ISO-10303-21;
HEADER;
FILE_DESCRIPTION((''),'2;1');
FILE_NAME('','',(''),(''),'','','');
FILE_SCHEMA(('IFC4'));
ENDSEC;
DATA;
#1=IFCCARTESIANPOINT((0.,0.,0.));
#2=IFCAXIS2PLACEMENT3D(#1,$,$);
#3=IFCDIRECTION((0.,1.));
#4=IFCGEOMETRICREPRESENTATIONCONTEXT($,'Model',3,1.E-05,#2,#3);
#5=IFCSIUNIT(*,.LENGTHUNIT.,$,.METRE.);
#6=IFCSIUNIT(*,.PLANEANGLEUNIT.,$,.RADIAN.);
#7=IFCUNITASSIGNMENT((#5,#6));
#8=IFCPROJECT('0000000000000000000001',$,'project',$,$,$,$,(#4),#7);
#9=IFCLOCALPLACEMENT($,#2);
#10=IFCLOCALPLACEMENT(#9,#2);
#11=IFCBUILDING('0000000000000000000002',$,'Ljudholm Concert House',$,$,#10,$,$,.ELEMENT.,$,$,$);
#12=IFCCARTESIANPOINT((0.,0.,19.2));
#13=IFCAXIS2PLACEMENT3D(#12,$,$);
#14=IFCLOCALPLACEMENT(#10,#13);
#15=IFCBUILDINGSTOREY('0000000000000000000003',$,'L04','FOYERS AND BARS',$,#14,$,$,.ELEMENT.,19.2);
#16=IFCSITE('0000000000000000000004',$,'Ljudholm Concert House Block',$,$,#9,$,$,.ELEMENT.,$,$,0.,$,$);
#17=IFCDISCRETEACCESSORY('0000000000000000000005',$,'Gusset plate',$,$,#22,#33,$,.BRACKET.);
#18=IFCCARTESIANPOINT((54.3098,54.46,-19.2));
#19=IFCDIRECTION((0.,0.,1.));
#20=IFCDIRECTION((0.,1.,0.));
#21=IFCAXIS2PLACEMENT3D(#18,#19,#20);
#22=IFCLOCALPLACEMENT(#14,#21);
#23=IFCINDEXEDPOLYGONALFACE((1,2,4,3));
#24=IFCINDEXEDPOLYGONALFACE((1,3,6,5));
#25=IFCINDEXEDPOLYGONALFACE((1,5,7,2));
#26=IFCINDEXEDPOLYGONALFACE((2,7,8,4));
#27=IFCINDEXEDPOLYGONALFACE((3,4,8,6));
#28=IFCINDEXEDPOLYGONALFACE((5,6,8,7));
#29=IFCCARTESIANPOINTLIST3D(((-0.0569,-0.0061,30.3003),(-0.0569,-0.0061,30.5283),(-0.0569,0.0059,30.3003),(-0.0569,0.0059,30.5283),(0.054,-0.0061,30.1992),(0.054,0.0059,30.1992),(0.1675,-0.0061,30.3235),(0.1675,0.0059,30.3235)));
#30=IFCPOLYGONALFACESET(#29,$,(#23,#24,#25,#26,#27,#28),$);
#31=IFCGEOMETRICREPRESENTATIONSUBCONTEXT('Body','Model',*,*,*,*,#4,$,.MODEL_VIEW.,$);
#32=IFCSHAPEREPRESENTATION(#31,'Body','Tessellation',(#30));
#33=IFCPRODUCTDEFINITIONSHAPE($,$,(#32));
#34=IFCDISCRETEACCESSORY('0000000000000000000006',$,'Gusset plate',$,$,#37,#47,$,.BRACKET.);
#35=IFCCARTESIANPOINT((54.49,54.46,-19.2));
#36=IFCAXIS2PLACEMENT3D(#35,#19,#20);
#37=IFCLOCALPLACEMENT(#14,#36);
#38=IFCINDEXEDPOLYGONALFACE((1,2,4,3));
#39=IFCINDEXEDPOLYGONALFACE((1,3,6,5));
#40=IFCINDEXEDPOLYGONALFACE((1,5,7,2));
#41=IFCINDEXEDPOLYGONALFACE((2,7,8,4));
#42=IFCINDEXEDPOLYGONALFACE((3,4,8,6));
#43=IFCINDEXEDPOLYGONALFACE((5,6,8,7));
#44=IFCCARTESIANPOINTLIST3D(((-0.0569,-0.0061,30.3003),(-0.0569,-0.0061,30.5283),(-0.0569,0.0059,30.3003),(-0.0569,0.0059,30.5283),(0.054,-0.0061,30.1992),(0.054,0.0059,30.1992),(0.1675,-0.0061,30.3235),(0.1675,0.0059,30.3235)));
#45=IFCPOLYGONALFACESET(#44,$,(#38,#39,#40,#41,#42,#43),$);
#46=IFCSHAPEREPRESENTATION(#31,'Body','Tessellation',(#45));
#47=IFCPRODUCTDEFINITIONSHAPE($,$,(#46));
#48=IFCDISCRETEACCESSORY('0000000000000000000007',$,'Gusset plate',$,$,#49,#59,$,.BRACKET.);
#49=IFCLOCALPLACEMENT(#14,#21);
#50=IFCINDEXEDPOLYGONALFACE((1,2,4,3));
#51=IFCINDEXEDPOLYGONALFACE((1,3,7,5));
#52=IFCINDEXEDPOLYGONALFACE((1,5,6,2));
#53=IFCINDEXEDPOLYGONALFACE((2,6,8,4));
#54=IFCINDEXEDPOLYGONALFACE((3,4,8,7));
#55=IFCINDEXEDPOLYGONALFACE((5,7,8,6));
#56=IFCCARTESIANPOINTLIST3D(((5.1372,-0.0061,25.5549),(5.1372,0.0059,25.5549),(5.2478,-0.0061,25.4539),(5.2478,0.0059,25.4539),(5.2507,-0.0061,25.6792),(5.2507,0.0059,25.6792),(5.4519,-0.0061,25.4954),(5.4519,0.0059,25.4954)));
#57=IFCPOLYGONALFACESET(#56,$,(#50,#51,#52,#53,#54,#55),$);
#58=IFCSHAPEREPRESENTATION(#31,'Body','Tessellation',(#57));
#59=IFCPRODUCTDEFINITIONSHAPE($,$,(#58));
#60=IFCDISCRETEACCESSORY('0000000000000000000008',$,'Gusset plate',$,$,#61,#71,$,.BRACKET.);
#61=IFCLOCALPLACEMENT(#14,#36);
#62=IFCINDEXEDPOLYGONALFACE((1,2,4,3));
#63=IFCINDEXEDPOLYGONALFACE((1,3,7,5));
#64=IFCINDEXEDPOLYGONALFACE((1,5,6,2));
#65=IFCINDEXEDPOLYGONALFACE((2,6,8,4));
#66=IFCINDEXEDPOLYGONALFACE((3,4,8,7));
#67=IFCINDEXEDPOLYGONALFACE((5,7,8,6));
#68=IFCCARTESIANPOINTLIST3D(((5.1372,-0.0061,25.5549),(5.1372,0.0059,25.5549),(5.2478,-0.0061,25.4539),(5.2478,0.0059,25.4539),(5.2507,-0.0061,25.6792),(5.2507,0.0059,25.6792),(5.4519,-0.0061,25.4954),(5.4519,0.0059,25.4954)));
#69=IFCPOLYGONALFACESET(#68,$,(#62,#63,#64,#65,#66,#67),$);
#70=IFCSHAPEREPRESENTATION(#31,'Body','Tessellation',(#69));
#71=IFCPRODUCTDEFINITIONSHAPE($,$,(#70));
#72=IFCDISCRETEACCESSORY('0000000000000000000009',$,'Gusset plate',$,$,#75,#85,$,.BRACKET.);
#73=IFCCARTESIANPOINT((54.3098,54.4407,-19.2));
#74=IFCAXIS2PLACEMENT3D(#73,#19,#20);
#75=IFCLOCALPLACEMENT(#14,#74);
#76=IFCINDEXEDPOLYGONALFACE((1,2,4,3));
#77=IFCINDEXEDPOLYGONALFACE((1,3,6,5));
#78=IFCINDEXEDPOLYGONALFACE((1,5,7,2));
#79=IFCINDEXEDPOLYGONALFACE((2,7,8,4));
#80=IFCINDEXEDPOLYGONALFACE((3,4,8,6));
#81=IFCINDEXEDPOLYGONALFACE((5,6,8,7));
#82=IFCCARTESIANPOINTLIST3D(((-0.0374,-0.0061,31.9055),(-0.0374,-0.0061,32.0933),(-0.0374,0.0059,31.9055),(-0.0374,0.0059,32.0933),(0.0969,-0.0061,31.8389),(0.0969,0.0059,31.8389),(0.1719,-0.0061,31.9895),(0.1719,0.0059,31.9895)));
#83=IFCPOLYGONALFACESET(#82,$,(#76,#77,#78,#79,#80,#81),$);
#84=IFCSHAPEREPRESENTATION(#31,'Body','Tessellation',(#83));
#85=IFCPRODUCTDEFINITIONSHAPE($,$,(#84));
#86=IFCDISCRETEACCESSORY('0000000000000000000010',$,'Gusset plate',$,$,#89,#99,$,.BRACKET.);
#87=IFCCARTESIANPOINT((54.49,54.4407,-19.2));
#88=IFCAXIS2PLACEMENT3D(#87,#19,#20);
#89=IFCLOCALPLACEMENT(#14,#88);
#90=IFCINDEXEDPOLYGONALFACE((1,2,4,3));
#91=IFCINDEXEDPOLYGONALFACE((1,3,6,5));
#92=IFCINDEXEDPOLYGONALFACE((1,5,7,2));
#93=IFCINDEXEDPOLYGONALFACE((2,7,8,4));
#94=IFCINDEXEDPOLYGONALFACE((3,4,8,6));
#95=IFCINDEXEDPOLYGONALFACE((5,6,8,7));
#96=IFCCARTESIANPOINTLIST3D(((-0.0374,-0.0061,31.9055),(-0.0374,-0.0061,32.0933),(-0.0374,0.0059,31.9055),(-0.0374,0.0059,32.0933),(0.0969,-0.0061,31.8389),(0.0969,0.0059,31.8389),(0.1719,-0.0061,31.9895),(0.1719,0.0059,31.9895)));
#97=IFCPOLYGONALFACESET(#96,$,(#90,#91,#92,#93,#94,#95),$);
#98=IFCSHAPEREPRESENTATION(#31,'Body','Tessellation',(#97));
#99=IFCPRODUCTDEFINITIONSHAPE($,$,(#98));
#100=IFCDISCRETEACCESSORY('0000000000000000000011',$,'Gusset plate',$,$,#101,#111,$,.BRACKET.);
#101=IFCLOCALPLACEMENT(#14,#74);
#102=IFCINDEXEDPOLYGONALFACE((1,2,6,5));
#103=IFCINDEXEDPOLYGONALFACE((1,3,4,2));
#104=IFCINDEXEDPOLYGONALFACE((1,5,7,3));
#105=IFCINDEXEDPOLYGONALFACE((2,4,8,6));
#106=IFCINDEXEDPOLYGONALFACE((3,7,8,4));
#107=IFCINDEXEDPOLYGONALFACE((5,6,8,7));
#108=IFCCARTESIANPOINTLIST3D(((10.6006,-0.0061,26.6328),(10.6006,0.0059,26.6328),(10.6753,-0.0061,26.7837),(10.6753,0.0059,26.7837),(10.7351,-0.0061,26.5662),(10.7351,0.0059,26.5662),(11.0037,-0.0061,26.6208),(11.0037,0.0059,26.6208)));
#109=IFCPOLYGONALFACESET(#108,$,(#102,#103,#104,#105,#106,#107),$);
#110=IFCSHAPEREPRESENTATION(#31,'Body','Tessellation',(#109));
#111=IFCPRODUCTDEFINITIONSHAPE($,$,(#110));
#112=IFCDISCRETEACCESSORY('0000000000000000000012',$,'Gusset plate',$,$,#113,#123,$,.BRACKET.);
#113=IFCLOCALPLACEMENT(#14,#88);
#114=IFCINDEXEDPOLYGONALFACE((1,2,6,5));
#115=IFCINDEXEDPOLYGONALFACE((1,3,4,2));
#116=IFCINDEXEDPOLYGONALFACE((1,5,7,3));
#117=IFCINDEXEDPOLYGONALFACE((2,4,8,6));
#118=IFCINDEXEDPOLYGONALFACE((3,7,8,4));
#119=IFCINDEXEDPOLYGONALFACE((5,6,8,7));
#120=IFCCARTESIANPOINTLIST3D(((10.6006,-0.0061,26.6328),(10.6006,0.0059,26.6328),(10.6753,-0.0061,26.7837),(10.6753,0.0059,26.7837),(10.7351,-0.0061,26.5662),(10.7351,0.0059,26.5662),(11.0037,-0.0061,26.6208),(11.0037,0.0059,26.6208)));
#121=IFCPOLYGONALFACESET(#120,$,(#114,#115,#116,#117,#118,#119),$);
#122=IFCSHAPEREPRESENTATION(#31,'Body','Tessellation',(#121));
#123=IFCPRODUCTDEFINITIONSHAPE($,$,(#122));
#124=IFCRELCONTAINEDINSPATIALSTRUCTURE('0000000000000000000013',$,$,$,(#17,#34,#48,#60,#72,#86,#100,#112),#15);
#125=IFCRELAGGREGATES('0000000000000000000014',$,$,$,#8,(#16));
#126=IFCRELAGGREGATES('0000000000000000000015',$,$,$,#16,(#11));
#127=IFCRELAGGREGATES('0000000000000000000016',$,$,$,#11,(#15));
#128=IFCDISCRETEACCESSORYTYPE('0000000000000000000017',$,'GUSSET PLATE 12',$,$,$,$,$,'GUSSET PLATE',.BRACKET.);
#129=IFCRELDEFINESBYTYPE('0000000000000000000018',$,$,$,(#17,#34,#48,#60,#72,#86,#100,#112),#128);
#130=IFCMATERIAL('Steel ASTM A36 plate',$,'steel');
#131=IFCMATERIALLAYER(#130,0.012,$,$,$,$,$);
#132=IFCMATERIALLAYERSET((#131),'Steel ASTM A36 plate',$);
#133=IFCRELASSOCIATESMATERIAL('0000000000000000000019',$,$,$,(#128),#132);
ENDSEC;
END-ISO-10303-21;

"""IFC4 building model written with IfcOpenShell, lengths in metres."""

from ifc_helpers import new_model, si_unit, direction, frame, origin, place, context, subcontext, project, spatial, polyline, outline, extrude, material, layer, layer_set, type_object, element, save


model = new_model("IFC4")

# Units and contexts
model_context = context("Model", 3, precision=1e-05, world=origin(), true_north=direction((0.0, 1.0)))
body_context = subcontext(model_context, "Body", "Model", "MODEL_VIEW")
ifc_project = project(units=[si_unit("LENGTHUNIT", "METRE"), si_unit("PLANEANGLEUNIT", "RADIAN")], contexts=[model_context])

# Site, building, storey
site_placement = place(None, origin())
site = spatial("IfcSite", under=ifc_project, at=site_placement, Name="Ljudholm Concert House Block", CompositionType="ELEMENT", RefElevation=0.0)
building_placement = place(site_placement, origin())
building = spatial("IfcBuilding", under=site, at=building_placement, Name="Ljudholm Concert House", CompositionType="ELEMENT")
storey_placement = place(building_placement, frame((0.0, 0.0, 19.2)))
storey = spatial("IfcBuildingStorey", under=building, at=storey_placement, Name="L04", Description="FOYERS AND BARS", CompositionType="ELEMENT", Elevation=19.2)

# Discrete accessories
ifc_material_1 = material(Name="Steel ASTM A36 plate", Category="steel")
ifc_layer_1 = layer(ifc_material_1, 0.012)
ifc_layer_set_1 = layer_set([ifc_layer_1], Name="Steel ASTM A36 plate")
discrete_accessory_type = type_object("IfcDiscreteAccessoryType", Name="GUSSET PLATE 12", ElementType="GUSSET PLATE", PredefinedType="BRACKET", material=ifc_layer_set_1)
for number, where, z_axis, x_axis, name in (
    (1, (54.3098, 54.46, -19.2), (0.0, 0.0, 1.0), (0.0, 1.0, 0.0), "Gusset plate"),
    (2, (54.49, 54.46, -19.2), (0.0, 0.0, 1.0), (0.0, 1.0, 0.0), "Gusset plate"),
):
    element("IfcDiscreteAccessory", number, at=place(storey_placement, frame(where, z_axis=z_axis, x_axis=x_axis)), inside=storey, type_object=discrete_accessory_type, Name=name, PredefinedType="BRACKET", context=body_context, shape_type="SweptSolid", body=[
        extrude(outline(polyline([(0.054, 30.1992), (-0.0569, 30.3003), (-0.0569, 30.5283), (0.1675, 30.3235), (0.054, 30.1992)])), frame((0.0, 0.0059, 0.0), z_axis=(0.0, -1.0, 0.0), x_axis=(1.0, 0.0, 0.0)), (0.0, 0.0, 1.0), 0.012),
    ])
for number, where, z_axis, x_axis, name in (
    (3, (54.3098, 54.46, -19.2), (0.0, 0.0, 1.0), (0.0, 1.0, 0.0), "Gusset plate"),
    (4, (54.49, 54.46, -19.2), (0.0, 0.0, 1.0), (0.0, 1.0, 0.0), "Gusset plate"),
):
    element("IfcDiscreteAccessory", number, at=place(storey_placement, frame(where, z_axis=z_axis, x_axis=x_axis)), inside=storey, type_object=discrete_accessory_type, Name=name, PredefinedType="BRACKET", context=body_context, shape_type="SweptSolid", body=[
        extrude(outline(polyline([(5.2507, 25.6792), (5.4519, 25.4954), (5.2478, 25.4539), (5.1372, 25.5549), (5.2507, 25.6792)])), frame((0.0, 0.0059, 0.0), z_axis=(0.0, -1.0, 0.0), x_axis=(1.0, 0.0, 0.0)), (0.0, 0.0, 1.0), 0.012),
    ])
for number, where, z_axis, x_axis, name in (
    (5, (54.3098, 54.4407, -19.2), (0.0, 0.0, 1.0), (0.0, 1.0, 0.0), "Gusset plate"),
    (6, (54.49, 54.4407, -19.2), (0.0, 0.0, 1.0), (0.0, 1.0, 0.0), "Gusset plate"),
):
    element("IfcDiscreteAccessory", number, at=place(storey_placement, frame(where, z_axis=z_axis, x_axis=x_axis)), inside=storey, type_object=discrete_accessory_type, Name=name, PredefinedType="BRACKET", context=body_context, shape_type="SweptSolid", body=[
        extrude(outline(polyline([(0.0969, 31.8389), (-0.0374, 31.9055), (-0.0374, 32.0933), (0.1719, 31.9895), (0.0969, 31.8389)])), frame((0.0, 0.0059, 0.0), z_axis=(0.0, -1.0, 0.0), x_axis=(1.0, 0.0, 0.0)), (0.0, 0.0, 1.0), 0.012),
    ])
for number, where, z_axis, x_axis, name in (
    (7, (54.3098, 54.4407, -19.2), (0.0, 0.0, 1.0), (0.0, 1.0, 0.0), "Gusset plate"),
    (8, (54.49, 54.4407, -19.2), (0.0, 0.0, 1.0), (0.0, 1.0, 0.0), "Gusset plate"),
):
    element("IfcDiscreteAccessory", number, at=place(storey_placement, frame(where, z_axis=z_axis, x_axis=x_axis)), inside=storey, type_object=discrete_accessory_type, Name=name, PredefinedType="BRACKET", context=body_context, shape_type="SweptSolid", body=[
        extrude(outline(polyline([(10.6753, 26.7837), (11.0037, 26.6208), (10.7351, 26.5662), (10.6006, 26.6328), (10.6753, 26.7837)])), frame((0.0, 0.0059, 0.0), z_axis=(0.0, -1.0, 0.0), x_axis=(1.0, 0.0, 0.0)), (0.0, 0.0, 1.0), 0.012),
    ])

save(model, "model.ifc")
